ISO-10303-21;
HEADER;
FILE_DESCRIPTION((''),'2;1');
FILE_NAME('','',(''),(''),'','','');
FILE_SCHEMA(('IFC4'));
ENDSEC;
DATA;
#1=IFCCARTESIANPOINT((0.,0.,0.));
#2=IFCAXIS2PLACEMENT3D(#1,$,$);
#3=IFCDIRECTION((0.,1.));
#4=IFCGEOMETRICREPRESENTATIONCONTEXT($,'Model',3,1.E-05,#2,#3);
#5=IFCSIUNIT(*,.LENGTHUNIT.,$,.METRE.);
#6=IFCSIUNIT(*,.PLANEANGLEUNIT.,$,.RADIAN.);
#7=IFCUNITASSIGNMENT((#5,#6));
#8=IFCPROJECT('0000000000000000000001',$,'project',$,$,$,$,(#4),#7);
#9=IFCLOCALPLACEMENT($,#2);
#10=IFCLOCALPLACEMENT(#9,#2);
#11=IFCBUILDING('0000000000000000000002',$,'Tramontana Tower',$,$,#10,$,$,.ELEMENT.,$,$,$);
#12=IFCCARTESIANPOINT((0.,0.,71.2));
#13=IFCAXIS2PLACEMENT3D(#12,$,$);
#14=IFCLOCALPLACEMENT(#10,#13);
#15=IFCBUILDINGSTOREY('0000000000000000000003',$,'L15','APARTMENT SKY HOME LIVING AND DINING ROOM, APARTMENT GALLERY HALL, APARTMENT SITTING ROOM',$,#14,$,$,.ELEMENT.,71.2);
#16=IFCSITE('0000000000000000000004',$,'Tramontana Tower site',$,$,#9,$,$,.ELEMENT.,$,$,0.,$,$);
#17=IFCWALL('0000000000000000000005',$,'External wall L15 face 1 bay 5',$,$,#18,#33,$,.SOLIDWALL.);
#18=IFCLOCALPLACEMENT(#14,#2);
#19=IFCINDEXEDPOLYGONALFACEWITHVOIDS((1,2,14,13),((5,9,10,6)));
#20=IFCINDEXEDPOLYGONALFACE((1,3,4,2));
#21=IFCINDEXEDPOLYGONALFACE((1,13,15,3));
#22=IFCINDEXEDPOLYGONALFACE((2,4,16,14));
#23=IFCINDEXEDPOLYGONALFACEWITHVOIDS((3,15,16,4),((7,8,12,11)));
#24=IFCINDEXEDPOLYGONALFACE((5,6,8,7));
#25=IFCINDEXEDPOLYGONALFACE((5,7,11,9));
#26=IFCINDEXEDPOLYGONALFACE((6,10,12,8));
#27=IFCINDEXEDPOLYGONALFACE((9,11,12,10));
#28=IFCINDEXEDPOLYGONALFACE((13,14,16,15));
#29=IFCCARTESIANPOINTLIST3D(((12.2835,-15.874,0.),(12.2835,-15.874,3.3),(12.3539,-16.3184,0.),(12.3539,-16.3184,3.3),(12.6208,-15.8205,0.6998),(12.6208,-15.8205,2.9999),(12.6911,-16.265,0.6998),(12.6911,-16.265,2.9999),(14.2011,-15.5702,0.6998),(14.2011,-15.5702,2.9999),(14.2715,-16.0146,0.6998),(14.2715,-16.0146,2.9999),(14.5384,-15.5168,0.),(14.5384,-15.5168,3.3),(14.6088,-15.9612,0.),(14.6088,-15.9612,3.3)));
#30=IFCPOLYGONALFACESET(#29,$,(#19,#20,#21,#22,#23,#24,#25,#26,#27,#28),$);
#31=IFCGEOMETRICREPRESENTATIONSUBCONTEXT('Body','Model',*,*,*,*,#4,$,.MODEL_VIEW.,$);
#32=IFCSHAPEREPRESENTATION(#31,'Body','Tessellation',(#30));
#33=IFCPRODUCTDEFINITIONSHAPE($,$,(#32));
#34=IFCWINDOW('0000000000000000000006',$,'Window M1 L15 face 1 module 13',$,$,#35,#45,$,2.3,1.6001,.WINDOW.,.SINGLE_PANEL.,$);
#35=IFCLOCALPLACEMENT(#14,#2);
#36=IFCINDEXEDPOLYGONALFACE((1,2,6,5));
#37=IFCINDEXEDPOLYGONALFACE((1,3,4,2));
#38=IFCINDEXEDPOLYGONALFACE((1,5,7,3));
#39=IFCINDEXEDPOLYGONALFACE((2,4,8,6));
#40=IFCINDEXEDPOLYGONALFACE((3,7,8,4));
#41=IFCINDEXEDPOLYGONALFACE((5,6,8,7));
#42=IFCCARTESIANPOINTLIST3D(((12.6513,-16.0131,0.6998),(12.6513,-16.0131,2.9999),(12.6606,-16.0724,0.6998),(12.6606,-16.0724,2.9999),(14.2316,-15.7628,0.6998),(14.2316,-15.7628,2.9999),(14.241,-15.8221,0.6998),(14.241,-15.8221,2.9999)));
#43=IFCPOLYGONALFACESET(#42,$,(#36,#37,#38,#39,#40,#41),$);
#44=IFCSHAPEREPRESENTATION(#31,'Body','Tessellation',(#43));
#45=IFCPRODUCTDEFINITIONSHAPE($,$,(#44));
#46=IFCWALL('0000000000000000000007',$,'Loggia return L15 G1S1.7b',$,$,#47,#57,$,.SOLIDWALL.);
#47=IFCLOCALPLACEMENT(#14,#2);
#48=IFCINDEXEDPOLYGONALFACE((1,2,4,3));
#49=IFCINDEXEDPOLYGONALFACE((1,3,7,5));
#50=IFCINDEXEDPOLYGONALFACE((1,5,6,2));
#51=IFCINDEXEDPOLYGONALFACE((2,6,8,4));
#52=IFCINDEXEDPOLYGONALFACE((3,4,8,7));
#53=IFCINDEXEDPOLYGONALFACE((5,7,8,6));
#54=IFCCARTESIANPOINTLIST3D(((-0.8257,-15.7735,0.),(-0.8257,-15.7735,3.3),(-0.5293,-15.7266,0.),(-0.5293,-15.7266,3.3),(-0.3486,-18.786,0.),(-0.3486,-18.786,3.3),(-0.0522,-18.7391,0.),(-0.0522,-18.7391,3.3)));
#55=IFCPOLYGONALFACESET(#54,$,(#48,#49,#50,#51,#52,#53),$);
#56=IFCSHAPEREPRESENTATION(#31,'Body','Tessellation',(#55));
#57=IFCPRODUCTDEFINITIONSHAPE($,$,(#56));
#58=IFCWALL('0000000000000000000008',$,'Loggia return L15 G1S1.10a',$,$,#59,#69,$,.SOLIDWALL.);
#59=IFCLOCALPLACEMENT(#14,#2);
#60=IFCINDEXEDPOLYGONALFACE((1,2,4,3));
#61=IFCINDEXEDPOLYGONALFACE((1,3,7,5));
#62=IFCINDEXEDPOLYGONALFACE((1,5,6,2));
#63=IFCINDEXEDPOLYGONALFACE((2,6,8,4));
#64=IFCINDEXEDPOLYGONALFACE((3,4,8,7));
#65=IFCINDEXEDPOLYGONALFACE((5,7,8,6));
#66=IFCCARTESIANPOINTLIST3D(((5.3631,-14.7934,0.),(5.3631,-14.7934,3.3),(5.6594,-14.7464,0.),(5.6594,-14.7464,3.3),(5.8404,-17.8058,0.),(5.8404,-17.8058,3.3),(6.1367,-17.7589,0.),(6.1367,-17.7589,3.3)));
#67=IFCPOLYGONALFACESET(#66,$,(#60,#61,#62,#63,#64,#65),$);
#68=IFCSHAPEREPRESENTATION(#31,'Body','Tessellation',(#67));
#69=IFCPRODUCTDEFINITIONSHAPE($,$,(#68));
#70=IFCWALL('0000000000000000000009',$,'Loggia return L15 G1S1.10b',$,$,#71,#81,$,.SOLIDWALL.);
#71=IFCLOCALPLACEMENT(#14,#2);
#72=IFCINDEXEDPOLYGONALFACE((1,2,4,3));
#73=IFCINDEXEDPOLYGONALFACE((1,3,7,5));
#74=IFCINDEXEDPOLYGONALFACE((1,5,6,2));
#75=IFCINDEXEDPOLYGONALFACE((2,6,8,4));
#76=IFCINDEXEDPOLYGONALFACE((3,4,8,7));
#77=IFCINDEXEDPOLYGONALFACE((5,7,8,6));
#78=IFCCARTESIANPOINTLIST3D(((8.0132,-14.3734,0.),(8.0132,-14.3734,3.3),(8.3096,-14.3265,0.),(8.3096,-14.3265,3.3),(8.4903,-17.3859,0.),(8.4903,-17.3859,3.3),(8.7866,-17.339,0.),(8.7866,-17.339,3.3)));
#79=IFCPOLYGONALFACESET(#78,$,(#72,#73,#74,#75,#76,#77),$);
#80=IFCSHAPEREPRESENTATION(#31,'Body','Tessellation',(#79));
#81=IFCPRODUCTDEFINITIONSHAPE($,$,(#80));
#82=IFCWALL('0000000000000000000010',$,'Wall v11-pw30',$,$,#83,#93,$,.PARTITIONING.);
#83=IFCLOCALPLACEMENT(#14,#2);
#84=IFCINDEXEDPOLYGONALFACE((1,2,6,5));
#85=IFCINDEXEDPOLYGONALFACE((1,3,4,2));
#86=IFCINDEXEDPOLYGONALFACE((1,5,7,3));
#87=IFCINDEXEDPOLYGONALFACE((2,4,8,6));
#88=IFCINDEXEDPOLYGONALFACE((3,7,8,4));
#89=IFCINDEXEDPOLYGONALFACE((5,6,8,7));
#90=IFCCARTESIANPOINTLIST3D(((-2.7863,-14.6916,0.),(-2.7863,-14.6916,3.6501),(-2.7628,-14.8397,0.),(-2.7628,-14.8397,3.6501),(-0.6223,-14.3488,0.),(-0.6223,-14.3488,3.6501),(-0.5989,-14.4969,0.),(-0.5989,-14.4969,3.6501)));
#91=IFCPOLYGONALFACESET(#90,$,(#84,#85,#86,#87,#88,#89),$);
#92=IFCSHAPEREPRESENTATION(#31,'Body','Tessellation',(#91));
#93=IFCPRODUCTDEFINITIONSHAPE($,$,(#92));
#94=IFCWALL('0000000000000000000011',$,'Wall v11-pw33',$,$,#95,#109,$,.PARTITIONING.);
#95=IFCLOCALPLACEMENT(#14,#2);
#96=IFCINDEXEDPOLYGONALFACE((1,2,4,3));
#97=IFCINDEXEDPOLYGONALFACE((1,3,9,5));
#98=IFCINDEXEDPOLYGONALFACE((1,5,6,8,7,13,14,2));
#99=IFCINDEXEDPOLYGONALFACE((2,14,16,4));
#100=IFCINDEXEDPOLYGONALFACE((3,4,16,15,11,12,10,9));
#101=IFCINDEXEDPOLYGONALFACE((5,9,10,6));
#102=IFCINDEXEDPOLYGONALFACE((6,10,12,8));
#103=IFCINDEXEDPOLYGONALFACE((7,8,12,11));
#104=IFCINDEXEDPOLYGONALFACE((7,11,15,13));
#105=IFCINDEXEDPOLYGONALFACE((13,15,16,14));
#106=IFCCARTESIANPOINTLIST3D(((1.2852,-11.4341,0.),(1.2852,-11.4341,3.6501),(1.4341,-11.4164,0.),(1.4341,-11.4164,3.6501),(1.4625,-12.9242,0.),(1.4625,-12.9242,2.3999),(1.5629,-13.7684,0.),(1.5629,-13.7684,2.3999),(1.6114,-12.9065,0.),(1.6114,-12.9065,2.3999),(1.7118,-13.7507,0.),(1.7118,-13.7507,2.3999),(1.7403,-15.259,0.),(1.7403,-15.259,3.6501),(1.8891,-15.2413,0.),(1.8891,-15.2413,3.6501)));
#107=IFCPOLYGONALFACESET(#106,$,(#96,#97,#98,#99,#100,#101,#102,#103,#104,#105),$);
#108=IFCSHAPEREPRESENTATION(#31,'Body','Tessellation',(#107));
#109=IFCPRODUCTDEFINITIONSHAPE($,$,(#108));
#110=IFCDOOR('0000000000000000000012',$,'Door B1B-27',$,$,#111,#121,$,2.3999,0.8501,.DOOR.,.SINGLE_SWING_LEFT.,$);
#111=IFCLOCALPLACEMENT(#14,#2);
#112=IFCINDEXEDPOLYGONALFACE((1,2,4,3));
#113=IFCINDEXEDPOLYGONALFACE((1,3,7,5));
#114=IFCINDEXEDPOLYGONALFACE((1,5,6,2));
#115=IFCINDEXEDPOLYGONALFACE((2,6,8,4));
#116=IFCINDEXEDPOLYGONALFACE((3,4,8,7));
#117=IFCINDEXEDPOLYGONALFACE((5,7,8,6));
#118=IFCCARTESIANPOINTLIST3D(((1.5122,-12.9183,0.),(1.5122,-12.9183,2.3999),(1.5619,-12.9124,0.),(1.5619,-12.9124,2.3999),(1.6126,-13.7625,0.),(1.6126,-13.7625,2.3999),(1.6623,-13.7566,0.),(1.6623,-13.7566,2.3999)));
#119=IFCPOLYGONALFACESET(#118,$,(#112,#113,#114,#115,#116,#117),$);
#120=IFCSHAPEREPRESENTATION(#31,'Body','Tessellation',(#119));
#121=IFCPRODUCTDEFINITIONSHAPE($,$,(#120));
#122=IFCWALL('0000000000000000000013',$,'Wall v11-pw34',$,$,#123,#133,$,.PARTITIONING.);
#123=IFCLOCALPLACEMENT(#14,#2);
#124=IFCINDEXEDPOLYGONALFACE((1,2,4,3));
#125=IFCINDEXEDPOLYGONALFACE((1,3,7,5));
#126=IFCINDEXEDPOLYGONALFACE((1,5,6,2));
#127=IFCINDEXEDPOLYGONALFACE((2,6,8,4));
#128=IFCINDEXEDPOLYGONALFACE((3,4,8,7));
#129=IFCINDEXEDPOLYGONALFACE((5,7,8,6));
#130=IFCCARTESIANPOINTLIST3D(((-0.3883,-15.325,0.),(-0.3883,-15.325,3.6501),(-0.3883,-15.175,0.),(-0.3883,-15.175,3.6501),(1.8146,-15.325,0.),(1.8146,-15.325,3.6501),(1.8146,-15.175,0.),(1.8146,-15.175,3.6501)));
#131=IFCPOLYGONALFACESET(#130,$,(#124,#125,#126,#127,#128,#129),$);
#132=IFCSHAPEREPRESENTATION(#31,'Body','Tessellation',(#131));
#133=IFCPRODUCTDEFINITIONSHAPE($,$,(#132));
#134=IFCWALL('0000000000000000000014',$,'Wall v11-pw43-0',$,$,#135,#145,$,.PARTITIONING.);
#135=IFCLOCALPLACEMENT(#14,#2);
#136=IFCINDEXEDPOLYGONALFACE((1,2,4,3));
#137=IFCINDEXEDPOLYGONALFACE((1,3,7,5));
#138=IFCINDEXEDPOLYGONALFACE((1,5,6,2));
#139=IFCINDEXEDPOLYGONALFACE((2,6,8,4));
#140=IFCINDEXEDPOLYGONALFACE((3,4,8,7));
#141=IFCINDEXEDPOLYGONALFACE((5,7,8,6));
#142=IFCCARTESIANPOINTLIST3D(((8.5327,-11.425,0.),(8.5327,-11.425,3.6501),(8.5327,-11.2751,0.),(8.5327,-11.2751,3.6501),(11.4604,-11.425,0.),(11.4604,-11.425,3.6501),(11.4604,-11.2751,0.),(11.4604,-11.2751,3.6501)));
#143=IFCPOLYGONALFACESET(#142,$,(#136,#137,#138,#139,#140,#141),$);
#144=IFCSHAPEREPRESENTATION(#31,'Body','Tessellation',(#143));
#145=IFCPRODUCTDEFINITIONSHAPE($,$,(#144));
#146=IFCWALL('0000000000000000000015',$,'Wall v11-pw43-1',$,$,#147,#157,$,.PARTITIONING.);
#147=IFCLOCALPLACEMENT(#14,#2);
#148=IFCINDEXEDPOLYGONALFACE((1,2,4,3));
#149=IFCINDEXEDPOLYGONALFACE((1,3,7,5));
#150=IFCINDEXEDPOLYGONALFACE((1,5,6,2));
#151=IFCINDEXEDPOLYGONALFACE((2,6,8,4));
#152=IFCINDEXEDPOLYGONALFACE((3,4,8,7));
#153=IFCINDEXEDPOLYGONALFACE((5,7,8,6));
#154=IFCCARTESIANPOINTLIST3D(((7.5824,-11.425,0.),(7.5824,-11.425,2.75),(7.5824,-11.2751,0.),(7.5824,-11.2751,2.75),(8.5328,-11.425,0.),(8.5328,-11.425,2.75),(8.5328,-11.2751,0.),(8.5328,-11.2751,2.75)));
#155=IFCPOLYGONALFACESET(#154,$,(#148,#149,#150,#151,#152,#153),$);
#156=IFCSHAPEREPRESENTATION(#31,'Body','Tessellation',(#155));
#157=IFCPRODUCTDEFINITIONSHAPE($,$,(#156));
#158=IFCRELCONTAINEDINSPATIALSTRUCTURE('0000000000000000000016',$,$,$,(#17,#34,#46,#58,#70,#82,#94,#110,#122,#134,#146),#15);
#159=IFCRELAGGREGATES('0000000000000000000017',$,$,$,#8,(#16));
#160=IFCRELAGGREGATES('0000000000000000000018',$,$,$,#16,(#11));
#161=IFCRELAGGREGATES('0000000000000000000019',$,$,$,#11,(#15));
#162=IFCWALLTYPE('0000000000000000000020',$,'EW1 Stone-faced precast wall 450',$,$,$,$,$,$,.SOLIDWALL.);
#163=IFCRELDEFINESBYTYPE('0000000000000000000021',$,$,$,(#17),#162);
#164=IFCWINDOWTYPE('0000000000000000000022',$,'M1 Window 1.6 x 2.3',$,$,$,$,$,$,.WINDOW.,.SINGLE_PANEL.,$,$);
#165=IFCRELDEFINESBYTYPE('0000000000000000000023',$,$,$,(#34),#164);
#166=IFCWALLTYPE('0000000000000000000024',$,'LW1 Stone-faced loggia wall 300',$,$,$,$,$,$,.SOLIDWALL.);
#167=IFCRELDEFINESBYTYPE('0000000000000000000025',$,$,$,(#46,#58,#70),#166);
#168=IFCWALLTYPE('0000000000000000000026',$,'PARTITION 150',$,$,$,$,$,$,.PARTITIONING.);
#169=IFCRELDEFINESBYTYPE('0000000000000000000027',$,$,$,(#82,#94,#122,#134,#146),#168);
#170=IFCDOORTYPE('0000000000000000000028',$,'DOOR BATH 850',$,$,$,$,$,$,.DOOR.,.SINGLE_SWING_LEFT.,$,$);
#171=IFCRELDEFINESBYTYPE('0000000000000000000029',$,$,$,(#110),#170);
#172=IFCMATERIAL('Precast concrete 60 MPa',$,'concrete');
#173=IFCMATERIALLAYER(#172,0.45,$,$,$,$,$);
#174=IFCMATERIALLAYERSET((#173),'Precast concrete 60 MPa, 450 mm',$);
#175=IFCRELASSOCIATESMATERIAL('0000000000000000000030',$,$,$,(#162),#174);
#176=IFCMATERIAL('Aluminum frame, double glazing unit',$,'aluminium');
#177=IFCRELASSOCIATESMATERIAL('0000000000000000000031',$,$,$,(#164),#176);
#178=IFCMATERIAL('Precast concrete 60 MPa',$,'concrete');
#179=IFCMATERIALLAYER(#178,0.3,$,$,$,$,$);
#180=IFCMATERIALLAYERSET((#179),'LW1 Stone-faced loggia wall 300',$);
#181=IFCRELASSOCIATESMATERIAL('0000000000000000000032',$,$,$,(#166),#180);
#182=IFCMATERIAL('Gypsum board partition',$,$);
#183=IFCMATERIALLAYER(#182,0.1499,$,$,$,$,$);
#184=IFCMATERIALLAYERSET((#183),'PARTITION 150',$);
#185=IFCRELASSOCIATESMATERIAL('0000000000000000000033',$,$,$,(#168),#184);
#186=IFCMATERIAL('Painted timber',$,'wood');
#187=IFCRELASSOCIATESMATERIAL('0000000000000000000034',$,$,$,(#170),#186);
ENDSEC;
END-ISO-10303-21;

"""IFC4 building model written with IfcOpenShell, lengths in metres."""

from ifc_helpers import new_model, si_unit, direction, frame, frame_2d, origin, place, context, subcontext, project, spatial, rectangle, extrude, material, layer, layer_set, type_object, element, fill, save


model = new_model("IFC4")

# Units and contexts
model_context = context("Model", 3, precision=1e-05, world=origin(), true_north=direction((0.0, 1.0)))
body_context = subcontext(model_context, "Body", "Model", "MODEL_VIEW")
ifc_project = project(units=[si_unit("LENGTHUNIT", "METRE"), si_unit("PLANEANGLEUNIT", "RADIAN")], contexts=[model_context])

# Site, building, storey
site_placement = place(None, origin())
site = spatial("IfcSite", under=ifc_project, at=site_placement, Name="Tramontana Tower site", CompositionType="ELEMENT", RefElevation=0.0)
building_placement = place(site_placement, origin())
building = spatial("IfcBuilding", under=site, at=building_placement, Name="Tramontana Tower", CompositionType="ELEMENT")
storey_placement = place(building_placement, frame((0.0, 0.0, 71.2)))
storey = spatial("IfcBuildingStorey", under=building, at=storey_placement, Name="L15", Description="APARTMENT SKY HOME LIVING AND DINING ROOM, APARTMENT GALLERY HALL, APARTMENT SITTING ROOM", CompositionType="ELEMENT", Elevation=71.2)

# Wall, opening, window
ifc_material_1 = material(Name="Precast concrete 60 MPa", Category="concrete")
ifc_layer_1 = layer(ifc_material_1, 0.45)
ifc_layer_set_1 = layer_set([ifc_layer_1], Name="Precast concrete 60 MPa, 450 mm")
wall_type_1 = type_object("IfcWallType", Name="EW1 Stone-faced precast wall 450", PredefinedType="SOLIDWALL", material=ifc_layer_set_1)
ifc_material_2 = material(Name="Aluminum frame, double glazing unit", Category="aluminium")
window_type_1 = type_object("IfcWindowType", Name="M1 Window 1.6 x 2.3", PartitioningType="SINGLE_PANEL", PredefinedType="WINDOW", material=ifc_material_2)
wall_1_placement = place(storey_placement, frame((12.3186, -16.0962, 0.0), z_axis=(0.0, 0.0, 1.0), x_axis=(0.987686, 0.156451, 0.0)))
wall_1 = element("IfcWall", 1, at=wall_1_placement, inside=storey, type_object=wall_type_1, Name="External wall L15 face 1 bay 5", PredefinedType="SOLIDWALL", context=body_context, shape_type="SweptSolid", body=[
    extrude(rectangle(XDim=2.283, YDim=0.45, at=frame_2d((1.1416, 0.0))), origin(), (0.0, 0.0, 1.0), 3.3),
])
opening_1_placement = place(wall_1_placement, frame((0.3416, 0.0, 0.7)))
opening_1 = element("IfcOpeningElement", 2, at=opening_1_placement, cuts=wall_1, PredefinedType="OPENING", context=body_context, shape_type="SweptSolid", body=[
    extrude(rectangle(XDim=1.6001, YDim=2.3, at=frame_2d((0.8, 1.1499))), frame((0.0, 0.2349, 0.0), z_axis=(0.0, -1.0, 0.0), x_axis=(1.0, 0.0, 0.0)), (0.0, 0.0, 1.0), 0.47),
])
window_1_placement = place(opening_1_placement, origin())
window_1 = element("IfcWindow", 3, at=window_1_placement, inside=storey, type_object=window_type_1, Name="Window M1 L15 face 1 module 13", OverallHeight=2.3, OverallWidth=1.6001, PartitioningType="SINGLE_PANEL", PredefinedType="WINDOW", context=body_context, shape_type="SweptSolid", body=[
    extrude(rectangle(XDim=1.6001, YDim=2.3, at=frame_2d((0.8, 1.1499))), frame((0.0, 0.03, 0.0), z_axis=(0.0, -1.0, 0.0), x_axis=(1.0, 0.0, 0.0)), (0.0, 0.0, 1.0), 0.0601),
])
fill(opening_1, window_1)

# Wall
ifc_material_3 = material(Name="Precast concrete 60 MPa", Category="concrete")
ifc_layer_2 = layer(ifc_material_3, 0.3)
ifc_layer_set_2 = layer_set([ifc_layer_2], Name="LW1 Stone-faced loggia wall 300")
wall_type_2 = type_object("IfcWallType", Name="LW1 Stone-faced loggia wall 300", PredefinedType="SOLIDWALL", material=ifc_layer_set_2)
wall_2_placement = place(storey_placement, frame((-0.2004, -18.7625, 0.0), z_axis=(0.0, 0.0, 1.0), x_axis=(-0.156411, 0.987692, 0.0)))
element("IfcWall", 4, at=wall_2_placement, inside=storey, type_object=wall_type_2, Name="Loggia return L15 G1S1.7b", PredefinedType="SOLIDWALL", context=body_context, shape_type="SweptSolid", body=[
    extrude(rectangle(XDim=3.05, YDim=0.3, at=frame_2d((1.5249, 0.0))), origin(), (0.0, 0.0, 1.0), 3.3),
])

# Walls
for number, where, z_axis, x_axis, name in (
    (5, (5.9885, -17.7822, 0.0), (0.0, 0.0, 1.0), (-0.156489, 0.98768, 0.0), "Loggia return L15 G1S1.10a"),
    (6, (8.6384, -17.3623, 0.0), (0.0, 0.0, 1.0), (-0.156411, 0.987692, 0.0), "Loggia return L15 G1S1.10b"),
):
    element("IfcWall", number, at=place(storey_placement, frame(where, z_axis=z_axis, x_axis=x_axis)), inside=storey, type_object=wall_type_2, Name=name, PredefinedType="SOLIDWALL", context=body_context, shape_type="SweptSolid", body=[
        extrude(rectangle(XDim=3.05, YDim=0.3, at=frame_2d((1.5249, 0.0))), origin(), (0.0, 0.0, 1.0), 3.3),
    ])
ifc_material_4 = material(Name="Gypsum board partition")
ifc_layer_3 = layer(ifc_material_4, 0.1499)
ifc_layer_set_3 = layer_set([ifc_layer_3], Name="PARTITION 150")
wall_type_3 = type_object("IfcWallType", Name="PARTITION 150", PredefinedType="PARTITIONING", material=ifc_layer_set_3)
wall_3_placement = place(storey_placement, frame((-0.6106, -14.4229, 0.0), z_axis=(0.0, 0.0, 1.0), x_axis=(-0.987684, -0.15646, 0.0)))
element("IfcWall", 7, at=wall_3_placement, inside=storey, type_object=wall_type_3, Name="Wall v11-pw30", PredefinedType="PARTITIONING", context=body_context, shape_type="SweptSolid", body=[
    extrude(rectangle(XDim=2.1909, YDim=0.1499, at=frame_2d((1.0955, 0.0))), origin(), (0.0, 0.0, 1.0), 3.6501),
])

# Wall, opening, door
wall_4_placement = place(storey_placement, frame((1.8147, -15.25, 0.0), z_axis=(0.0, 0.0, 1.0), x_axis=(-0.118143, 0.992997, 0.0)))
wall_4 = element("IfcWall", 8, at=wall_4_placement, inside=storey, type_object=wall_type_3, Name="Wall v11-pw33", PredefinedType="PARTITIONING", context=body_context, shape_type="SweptSolid", body=[
    extrude(rectangle(XDim=3.8518, YDim=0.1499, at=frame_2d((1.9258, 0.0))), origin(), (0.0, 0.0, 1.0), 3.6501),
])
opening_2_placement = place(wall_4_placement, frame((1.501, 0.0, 0.0)))
opening_2 = element("IfcOpeningElement", 9, at=opening_2_placement, cuts=wall_4, PredefinedType="OPENING", context=body_context, shape_type="SweptSolid", body=[
    extrude(rectangle(XDim=0.8501, YDim=2.3999, at=frame_2d((0.425, 1.2))), frame((0.0, 0.085, 0.0), z_axis=(0.0, -1.0, 0.0), x_axis=(1.0, 0.0, 0.0)), (0.0, 0.0, 1.0), 0.1699),
])
ifc_material_5 = material(Name="Painted timber", Category="wood")
door_type_1 = type_object("IfcDoorType", Name="DOOR BATH 850", OperationType="SINGLE_SWING_LEFT", PredefinedType="DOOR", material=ifc_material_5)
door_1_placement = place(opening_2_placement, origin())
door_1 = element("IfcDoor", 10, at=door_1_placement, inside=storey, type_object=door_type_1, Name="Door B1B-27", OperationType="SINGLE_SWING_LEFT", OverallHeight=2.3999, OverallWidth=0.8501, PredefinedType="DOOR", context=body_context, shape_type="SweptSolid", body=[
    extrude(rectangle(XDim=0.8501, YDim=2.3999, at=frame_2d((0.425, 1.2))), frame((0.0, 0.0249, 0.0), z_axis=(0.0, -1.0, 0.0), x_axis=(1.0, 0.0, 0.0)), (0.0, 0.0, 1.0), 0.05),
])
fill(opening_2, door_1)

# Walls
wall_5_placement = place(storey_placement, frame((1.8147, -15.25, 0.0), z_axis=(0.0, 0.0, 1.0), x_axis=(-1.0, 0.0, 0.0)))
element("IfcWall", 11, at=wall_5_placement, inside=storey, type_object=wall_type_3, Name="Wall v11-pw34", PredefinedType="PARTITIONING", context=body_context, shape_type="SweptSolid", body=[
    extrude(rectangle(XDim=2.2029, YDim=0.1499, at=frame_2d((1.1016, 0.0))), origin(), (0.0, 0.0, 1.0), 3.6501),
])
wall_6_placement = place(storey_placement, frame((11.4604, -11.3501, 0.0), z_axis=(0.0, 0.0, 1.0), x_axis=(-1.0, 0.0, 0.0)))
element("IfcWall", 12, at=wall_6_placement, inside=storey, type_object=wall_type_3, Name="Wall v11-pw43-0", PredefinedType="PARTITIONING", context=body_context, shape_type="SweptSolid", body=[
    extrude(rectangle(XDim=2.9277, YDim=0.1499, at=frame_2d((1.4639, 0.0))), origin(), (0.0, 0.0, 1.0), 3.6501),
])
wall_7_placement = place(storey_placement, frame((8.5327, -11.3501, 0.0), z_axis=(0.0, 0.0, 1.0), x_axis=(-1.0, 0.0, 0.0)))
element("IfcWall", 13, at=wall_7_placement, inside=storey, type_object=wall_type_3, Name="Wall v11-pw43-1", PredefinedType="PARTITIONING", context=body_context, shape_type="SweptSolid", body=[
    extrude(rectangle(XDim=0.9504, YDim=0.1499, at=frame_2d((0.4751, 0.0))), origin(), (0.0, 0.0, 1.0), 2.75),
])

save(model, "model.ifc")
